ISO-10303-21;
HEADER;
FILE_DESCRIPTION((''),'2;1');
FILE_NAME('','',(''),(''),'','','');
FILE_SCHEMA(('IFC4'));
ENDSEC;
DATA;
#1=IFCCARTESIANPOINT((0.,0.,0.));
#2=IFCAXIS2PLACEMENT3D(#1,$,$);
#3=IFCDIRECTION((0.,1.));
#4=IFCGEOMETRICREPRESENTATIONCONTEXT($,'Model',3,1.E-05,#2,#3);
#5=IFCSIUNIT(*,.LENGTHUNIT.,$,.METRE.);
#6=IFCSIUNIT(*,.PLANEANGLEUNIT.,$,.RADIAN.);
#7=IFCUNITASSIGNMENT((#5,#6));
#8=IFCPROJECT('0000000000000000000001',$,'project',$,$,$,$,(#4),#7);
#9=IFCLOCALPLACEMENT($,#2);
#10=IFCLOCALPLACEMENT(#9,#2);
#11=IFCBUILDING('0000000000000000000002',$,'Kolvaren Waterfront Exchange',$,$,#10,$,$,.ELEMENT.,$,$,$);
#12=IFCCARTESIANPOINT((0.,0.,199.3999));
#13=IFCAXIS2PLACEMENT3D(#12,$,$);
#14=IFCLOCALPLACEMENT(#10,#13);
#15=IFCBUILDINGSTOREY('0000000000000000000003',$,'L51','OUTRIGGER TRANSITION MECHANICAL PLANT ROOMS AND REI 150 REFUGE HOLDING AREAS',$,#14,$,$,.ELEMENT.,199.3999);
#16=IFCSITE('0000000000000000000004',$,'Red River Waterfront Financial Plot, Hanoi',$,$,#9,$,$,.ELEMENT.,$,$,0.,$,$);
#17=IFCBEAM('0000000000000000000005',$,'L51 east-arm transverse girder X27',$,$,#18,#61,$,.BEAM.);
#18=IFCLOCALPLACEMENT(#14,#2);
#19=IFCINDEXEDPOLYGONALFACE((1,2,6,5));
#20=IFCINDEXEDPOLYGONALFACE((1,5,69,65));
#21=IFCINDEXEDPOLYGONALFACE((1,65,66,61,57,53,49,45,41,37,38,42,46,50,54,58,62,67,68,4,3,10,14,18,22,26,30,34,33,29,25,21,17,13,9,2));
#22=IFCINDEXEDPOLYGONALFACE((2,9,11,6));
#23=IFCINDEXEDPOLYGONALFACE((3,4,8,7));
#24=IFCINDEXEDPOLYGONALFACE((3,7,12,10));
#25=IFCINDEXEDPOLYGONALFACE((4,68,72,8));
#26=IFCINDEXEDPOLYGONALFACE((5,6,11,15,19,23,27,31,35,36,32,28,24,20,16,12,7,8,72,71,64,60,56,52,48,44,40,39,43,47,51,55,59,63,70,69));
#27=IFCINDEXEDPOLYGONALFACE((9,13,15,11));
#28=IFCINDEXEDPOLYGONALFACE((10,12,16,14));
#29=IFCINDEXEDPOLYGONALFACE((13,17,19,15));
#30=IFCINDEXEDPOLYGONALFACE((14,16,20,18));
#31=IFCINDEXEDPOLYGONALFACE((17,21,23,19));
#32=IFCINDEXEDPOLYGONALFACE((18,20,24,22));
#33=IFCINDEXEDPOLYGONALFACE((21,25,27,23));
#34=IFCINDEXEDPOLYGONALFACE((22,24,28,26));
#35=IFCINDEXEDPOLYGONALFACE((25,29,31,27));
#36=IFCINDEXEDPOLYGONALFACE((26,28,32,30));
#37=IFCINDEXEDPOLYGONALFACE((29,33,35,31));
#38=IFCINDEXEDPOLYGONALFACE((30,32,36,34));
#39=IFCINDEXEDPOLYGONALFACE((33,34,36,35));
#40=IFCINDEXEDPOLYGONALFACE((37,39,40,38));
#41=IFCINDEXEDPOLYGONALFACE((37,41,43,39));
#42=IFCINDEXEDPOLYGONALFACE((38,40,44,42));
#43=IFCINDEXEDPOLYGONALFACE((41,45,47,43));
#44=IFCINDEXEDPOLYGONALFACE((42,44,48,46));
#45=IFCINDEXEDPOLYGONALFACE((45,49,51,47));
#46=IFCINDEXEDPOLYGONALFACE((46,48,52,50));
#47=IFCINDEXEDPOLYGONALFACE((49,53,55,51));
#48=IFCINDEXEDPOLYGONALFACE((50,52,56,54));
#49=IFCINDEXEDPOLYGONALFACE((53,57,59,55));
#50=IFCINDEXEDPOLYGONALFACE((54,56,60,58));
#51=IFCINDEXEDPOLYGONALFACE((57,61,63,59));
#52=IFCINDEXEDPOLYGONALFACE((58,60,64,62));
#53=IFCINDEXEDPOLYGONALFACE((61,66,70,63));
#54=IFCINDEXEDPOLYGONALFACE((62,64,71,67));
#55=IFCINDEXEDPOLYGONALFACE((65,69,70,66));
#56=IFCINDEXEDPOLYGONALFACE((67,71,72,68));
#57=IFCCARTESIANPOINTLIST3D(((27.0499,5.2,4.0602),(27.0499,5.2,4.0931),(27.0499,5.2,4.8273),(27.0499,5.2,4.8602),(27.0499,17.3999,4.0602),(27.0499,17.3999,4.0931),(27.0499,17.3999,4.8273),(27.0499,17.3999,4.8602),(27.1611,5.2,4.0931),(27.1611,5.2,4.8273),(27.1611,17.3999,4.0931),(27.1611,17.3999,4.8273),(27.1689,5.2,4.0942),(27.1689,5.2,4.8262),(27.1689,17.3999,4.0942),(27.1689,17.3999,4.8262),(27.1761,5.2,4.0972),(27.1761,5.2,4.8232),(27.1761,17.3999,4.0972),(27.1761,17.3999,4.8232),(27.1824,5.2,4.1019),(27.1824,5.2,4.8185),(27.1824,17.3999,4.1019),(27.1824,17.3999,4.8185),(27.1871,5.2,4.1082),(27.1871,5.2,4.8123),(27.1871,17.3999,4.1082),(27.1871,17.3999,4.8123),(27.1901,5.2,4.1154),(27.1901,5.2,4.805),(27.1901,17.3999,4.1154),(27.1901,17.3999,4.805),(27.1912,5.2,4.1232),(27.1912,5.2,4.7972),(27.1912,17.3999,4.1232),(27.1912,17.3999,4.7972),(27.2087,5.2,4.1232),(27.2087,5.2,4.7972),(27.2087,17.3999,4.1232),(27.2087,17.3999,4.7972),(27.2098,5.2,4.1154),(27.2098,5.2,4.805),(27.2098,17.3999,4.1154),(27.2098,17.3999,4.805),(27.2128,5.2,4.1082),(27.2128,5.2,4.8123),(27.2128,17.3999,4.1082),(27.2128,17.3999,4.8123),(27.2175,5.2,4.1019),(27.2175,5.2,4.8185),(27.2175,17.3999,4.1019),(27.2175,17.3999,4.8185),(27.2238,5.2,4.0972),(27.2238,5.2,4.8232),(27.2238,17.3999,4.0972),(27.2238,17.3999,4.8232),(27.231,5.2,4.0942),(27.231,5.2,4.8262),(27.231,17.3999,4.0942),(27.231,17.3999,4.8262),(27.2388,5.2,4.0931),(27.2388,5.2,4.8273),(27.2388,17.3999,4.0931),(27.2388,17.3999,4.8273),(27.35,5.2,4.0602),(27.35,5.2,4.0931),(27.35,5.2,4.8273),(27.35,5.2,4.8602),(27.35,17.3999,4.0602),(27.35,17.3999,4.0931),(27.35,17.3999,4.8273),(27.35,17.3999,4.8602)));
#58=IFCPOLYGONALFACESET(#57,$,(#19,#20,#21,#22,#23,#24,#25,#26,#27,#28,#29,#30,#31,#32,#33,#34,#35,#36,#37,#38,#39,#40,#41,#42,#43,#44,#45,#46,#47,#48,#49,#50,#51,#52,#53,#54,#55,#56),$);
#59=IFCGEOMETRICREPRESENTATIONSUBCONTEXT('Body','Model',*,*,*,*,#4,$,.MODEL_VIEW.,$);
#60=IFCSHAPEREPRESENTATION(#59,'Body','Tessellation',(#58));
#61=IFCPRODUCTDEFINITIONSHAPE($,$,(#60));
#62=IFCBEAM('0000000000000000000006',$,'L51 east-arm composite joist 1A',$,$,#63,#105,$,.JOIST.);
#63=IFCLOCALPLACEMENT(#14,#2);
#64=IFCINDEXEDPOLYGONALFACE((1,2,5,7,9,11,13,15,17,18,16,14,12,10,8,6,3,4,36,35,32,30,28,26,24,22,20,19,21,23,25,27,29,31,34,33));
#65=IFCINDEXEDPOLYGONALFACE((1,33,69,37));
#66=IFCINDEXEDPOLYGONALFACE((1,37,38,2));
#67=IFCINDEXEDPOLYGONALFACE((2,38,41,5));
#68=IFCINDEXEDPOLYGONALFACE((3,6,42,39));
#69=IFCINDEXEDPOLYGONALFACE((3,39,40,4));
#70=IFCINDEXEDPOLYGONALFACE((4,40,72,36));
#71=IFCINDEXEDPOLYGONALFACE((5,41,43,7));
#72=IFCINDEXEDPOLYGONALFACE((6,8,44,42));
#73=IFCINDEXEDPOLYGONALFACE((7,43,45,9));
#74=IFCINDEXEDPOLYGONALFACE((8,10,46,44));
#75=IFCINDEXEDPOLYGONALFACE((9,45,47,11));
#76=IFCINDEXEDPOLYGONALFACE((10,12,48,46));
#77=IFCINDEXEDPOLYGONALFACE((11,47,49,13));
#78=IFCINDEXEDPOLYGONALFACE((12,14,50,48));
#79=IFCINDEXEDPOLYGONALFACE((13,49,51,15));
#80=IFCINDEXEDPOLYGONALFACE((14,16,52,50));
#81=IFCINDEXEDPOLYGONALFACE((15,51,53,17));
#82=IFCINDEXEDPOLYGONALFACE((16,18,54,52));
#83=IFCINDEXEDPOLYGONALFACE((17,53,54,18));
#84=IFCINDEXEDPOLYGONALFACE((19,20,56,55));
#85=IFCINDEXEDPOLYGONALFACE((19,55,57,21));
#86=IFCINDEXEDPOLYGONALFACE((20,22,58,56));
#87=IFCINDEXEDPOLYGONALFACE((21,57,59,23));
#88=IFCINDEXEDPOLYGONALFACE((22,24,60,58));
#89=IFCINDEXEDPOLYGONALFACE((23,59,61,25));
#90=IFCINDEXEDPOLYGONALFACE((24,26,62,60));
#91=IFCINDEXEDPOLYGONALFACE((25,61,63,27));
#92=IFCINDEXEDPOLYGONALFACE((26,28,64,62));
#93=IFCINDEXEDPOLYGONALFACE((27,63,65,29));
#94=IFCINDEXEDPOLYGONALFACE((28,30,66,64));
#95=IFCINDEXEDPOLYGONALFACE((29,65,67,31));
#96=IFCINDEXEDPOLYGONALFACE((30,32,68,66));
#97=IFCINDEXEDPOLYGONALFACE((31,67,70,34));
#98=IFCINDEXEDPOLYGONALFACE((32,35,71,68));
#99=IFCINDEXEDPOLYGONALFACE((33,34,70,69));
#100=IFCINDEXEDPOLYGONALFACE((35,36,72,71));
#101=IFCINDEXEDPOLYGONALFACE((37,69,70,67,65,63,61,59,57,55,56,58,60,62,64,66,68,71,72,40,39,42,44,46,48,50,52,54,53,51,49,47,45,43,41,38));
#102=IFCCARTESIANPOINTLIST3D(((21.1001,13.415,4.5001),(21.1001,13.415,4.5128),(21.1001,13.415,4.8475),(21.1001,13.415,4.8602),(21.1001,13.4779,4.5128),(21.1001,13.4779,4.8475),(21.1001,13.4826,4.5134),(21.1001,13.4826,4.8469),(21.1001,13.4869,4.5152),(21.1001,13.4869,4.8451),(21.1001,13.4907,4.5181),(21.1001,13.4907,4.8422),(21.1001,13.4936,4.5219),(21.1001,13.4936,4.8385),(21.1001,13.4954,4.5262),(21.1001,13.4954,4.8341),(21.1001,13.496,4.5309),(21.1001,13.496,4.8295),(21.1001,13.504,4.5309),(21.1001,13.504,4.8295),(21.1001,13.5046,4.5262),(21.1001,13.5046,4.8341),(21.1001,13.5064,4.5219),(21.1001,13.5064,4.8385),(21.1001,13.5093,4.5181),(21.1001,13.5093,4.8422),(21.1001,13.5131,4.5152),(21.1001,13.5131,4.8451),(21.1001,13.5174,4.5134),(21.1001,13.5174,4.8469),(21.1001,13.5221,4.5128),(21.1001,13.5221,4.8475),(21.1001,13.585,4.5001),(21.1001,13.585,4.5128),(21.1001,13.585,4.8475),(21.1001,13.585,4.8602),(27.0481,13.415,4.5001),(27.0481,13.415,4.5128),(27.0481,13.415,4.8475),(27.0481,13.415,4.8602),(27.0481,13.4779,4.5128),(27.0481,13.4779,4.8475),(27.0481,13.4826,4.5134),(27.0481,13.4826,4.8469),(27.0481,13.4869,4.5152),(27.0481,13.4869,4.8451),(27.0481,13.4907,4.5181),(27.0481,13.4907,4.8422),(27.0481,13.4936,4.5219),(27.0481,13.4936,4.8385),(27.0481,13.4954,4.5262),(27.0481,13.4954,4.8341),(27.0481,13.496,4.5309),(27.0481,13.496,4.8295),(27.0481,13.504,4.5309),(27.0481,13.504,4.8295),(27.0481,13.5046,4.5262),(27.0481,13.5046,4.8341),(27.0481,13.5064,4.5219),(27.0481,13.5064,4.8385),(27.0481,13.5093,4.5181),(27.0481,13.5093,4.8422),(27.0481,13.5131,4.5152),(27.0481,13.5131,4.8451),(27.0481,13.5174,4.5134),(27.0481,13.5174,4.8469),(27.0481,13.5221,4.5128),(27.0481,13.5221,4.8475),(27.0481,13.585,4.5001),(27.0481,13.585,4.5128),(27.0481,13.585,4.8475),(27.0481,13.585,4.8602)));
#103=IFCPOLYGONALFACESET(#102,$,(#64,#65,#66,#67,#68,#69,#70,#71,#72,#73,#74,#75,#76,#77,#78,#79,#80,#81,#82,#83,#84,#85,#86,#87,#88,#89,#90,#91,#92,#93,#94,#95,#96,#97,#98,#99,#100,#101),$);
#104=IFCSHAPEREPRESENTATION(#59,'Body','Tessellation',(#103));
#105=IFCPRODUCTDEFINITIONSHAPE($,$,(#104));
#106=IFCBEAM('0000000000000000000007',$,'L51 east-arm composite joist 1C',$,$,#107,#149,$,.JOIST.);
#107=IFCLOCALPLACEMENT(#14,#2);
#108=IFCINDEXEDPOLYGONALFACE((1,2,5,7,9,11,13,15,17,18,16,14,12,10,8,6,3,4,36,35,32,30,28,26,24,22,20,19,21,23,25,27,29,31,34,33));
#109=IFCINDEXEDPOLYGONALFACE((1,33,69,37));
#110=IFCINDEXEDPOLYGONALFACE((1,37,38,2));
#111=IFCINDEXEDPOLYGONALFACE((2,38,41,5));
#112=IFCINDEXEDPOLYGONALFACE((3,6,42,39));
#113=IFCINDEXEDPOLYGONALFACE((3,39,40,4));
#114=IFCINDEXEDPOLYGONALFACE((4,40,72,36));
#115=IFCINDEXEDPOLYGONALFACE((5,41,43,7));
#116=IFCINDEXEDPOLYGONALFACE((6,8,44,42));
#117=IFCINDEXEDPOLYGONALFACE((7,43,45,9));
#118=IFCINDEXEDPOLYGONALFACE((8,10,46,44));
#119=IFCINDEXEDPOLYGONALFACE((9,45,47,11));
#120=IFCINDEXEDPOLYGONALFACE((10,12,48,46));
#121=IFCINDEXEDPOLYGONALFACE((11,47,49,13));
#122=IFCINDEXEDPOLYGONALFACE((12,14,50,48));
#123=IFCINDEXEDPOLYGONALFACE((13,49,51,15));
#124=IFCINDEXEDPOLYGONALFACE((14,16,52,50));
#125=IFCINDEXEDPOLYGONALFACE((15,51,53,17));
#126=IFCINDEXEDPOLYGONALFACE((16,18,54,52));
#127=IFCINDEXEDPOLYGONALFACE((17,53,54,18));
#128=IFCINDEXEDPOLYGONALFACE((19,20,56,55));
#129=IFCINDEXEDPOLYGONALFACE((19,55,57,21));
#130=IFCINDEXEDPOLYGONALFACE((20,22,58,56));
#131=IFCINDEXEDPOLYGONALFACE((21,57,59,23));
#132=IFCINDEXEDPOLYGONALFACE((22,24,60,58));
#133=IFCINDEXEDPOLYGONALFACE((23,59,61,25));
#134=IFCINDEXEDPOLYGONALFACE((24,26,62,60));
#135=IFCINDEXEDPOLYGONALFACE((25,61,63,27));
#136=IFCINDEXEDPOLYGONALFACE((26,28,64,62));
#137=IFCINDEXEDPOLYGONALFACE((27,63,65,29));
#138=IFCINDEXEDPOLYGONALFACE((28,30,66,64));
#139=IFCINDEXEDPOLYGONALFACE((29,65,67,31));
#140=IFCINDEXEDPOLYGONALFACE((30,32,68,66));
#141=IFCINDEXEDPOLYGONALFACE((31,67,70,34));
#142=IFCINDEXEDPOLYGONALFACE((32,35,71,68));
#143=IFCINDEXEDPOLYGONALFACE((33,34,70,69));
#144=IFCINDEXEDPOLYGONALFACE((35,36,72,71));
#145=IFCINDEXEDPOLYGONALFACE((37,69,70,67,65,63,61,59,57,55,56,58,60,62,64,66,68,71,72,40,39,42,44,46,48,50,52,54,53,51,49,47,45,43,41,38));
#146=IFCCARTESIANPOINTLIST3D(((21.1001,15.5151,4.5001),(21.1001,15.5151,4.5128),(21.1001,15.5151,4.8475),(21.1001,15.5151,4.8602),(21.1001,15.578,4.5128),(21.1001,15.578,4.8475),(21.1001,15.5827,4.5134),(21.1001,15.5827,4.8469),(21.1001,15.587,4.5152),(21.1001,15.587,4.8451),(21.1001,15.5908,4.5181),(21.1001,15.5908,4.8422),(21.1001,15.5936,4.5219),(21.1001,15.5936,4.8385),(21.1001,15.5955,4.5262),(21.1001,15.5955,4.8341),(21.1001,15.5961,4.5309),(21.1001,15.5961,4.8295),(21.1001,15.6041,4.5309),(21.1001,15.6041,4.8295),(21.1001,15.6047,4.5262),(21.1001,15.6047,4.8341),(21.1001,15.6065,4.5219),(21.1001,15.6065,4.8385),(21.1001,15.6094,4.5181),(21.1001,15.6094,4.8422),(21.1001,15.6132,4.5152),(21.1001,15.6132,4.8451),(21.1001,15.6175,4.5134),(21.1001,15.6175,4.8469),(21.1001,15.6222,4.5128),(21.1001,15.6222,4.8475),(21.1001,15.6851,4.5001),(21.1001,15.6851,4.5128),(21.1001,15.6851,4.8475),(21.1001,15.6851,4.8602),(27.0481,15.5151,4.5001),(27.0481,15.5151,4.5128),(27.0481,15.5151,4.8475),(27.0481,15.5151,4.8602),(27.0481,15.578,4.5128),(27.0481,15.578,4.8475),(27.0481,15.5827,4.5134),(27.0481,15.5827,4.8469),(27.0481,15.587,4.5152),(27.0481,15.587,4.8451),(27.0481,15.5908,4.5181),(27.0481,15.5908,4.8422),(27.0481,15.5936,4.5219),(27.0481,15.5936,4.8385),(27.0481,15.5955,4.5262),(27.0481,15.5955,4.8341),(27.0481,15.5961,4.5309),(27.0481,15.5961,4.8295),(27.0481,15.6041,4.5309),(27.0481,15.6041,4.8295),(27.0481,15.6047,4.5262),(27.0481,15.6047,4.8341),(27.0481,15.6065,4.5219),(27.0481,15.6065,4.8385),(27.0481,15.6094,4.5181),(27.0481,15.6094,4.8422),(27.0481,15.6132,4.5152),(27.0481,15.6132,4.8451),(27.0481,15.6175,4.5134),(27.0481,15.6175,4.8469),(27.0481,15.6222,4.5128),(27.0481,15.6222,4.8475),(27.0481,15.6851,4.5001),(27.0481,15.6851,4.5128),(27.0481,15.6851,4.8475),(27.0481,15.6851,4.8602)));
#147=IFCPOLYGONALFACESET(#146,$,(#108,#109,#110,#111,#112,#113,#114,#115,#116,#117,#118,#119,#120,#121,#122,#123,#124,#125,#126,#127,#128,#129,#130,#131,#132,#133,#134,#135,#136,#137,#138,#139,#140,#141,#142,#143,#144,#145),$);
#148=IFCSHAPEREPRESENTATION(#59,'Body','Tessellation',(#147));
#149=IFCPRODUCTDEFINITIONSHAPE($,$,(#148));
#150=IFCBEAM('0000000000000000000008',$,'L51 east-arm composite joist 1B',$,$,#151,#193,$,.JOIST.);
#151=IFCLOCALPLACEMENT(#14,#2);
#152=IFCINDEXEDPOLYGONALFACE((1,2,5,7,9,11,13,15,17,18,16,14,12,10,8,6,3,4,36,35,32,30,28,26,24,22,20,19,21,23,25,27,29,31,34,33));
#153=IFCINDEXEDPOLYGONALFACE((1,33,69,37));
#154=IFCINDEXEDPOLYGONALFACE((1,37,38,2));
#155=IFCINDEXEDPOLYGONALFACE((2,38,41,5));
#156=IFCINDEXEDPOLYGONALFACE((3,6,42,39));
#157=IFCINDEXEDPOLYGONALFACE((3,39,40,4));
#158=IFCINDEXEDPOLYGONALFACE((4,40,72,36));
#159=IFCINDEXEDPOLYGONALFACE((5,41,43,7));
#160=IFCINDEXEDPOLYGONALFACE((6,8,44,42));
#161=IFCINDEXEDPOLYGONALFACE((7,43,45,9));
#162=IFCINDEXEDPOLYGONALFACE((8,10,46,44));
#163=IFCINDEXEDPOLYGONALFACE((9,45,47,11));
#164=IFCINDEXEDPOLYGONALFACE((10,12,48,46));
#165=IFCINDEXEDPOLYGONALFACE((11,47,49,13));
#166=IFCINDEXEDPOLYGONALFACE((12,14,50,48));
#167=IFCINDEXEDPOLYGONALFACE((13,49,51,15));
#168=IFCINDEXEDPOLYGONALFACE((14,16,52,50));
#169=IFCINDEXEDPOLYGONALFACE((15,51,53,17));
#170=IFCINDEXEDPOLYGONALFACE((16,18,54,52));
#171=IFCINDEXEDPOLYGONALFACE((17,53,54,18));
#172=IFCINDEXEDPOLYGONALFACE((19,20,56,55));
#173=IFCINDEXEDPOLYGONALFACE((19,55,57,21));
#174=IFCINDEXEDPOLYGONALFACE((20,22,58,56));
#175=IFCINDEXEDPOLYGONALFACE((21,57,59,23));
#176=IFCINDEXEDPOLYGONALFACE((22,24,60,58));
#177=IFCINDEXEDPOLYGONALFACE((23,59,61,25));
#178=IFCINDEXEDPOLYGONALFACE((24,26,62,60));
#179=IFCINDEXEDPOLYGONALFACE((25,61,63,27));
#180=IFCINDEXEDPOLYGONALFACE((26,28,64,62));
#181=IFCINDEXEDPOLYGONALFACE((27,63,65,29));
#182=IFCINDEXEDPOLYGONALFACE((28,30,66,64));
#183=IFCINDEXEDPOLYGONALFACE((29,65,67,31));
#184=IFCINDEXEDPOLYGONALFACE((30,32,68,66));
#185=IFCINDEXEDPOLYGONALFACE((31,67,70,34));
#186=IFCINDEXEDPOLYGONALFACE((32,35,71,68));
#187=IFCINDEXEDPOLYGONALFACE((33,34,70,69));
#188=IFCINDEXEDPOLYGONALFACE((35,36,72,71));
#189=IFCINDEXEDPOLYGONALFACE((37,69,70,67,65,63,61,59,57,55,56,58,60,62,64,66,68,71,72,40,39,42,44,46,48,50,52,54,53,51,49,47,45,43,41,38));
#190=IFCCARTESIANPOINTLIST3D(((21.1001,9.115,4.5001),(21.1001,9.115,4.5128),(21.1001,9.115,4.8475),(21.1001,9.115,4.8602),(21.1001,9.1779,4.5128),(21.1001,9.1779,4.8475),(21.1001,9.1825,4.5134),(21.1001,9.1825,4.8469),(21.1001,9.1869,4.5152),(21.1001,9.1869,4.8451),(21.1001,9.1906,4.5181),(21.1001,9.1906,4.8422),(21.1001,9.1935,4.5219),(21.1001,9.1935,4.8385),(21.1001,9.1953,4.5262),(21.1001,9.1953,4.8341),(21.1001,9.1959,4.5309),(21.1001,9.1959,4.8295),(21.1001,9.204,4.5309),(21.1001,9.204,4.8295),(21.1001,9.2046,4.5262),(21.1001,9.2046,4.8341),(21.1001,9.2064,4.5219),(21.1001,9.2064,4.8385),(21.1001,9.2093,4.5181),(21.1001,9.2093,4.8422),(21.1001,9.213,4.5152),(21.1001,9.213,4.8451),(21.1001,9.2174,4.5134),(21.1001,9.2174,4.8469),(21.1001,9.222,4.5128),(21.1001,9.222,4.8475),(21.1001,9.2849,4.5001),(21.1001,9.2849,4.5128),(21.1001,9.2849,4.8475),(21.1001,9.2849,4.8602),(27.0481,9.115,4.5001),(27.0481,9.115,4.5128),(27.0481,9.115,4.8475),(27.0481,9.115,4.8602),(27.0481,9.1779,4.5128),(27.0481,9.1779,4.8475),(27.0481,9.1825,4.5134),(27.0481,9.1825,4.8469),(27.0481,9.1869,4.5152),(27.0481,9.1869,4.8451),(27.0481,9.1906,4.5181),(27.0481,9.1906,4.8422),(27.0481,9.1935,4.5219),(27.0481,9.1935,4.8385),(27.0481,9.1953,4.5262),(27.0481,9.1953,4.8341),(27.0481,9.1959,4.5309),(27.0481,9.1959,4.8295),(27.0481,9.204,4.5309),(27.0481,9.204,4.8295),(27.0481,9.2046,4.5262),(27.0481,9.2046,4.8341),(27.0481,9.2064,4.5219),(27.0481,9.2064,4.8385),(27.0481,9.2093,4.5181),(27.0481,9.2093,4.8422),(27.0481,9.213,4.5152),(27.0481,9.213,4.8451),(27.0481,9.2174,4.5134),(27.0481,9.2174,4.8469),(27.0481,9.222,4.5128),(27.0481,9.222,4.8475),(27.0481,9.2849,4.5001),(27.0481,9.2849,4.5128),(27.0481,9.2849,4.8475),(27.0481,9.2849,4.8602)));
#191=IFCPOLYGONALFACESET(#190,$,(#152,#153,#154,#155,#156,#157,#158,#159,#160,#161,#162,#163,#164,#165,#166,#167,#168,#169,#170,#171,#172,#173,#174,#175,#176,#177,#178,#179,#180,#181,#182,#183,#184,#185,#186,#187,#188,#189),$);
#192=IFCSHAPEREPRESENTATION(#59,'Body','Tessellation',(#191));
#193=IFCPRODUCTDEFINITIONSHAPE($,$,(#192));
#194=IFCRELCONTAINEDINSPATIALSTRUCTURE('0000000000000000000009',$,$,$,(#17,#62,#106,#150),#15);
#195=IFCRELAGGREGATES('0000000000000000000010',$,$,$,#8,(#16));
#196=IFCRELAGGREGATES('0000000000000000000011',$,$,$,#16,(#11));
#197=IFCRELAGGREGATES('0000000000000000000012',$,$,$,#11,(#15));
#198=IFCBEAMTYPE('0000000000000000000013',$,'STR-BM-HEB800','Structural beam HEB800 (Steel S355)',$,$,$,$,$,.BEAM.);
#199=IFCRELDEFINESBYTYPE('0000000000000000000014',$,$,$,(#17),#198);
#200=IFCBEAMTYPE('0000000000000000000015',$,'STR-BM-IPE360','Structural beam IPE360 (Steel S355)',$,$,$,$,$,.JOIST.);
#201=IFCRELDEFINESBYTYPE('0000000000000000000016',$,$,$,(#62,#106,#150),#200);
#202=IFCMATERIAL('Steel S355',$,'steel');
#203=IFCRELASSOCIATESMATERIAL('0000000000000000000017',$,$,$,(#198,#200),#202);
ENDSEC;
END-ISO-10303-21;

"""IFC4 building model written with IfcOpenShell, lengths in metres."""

from ifc_helpers import new_model, si_unit, direction, frame, origin, origin_2d, place, context, subcontext, project, spatial, i_section, extrude, material, material_profile, profile_set, type_object, element, save


model = new_model("IFC4")

# Units and contexts
model_context = context("Model", 3, precision=1e-05, world=origin(), true_north=direction((0.0, 1.0)))
body_context = subcontext(model_context, "Body", "Model", "MODEL_VIEW")
ifc_project = project(units=[si_unit("LENGTHUNIT", "METRE"), si_unit("PLANEANGLEUNIT", "RADIAN")], contexts=[model_context])

# Site, building, storey
site_placement = place(None, origin())
site = spatial("IfcSite", under=ifc_project, at=site_placement, Name="Red River Waterfront Financial Plot, Hanoi", CompositionType="ELEMENT", RefElevation=0.0)
building_placement = place(site_placement, origin())
building = spatial("IfcBuilding", under=site, at=building_placement, Name="Kolvaren Waterfront Exchange", CompositionType="ELEMENT")
storey_placement = place(building_placement, frame((0.0, 0.0, 199.3999)))
storey = spatial("IfcBuildingStorey", under=building, at=storey_placement, Name="L51", Description="OUTRIGGER TRANSITION MECHANICAL PLANT ROOMS AND REI 150 REFUGE HOLDING AREAS", CompositionType="ELEMENT", Elevation=199.3999)

# Beams
ifc_material_1 = material(Name="Steel S355", Category="steel")
ifc_material_profile_1 = material_profile(ifc_material_1, i_section(OverallWidth=0.3, OverallDepth=0.8, WebThickness=0.0176, FlangeThickness=0.033, FilletRadius=0.03, at=origin_2d()), Name="HEB800")
ifc_profile_set_1 = profile_set([ifc_material_profile_1], Name="Steel S355")
beam_type_1 = type_object("IfcBeamType", Name="STR-BM-HEB800", Description="Structural beam HEB800 (Steel S355)", PredefinedType="BEAM", material=ifc_profile_set_1)
beam_1_placement = place(storey_placement, frame((27.2, 5.2, 4.4602), z_axis=(0.0, 1.0, 0.0), x_axis=(-1.0, 0.0, 0.0)))
element("IfcBeam", 1, at=beam_1_placement, inside=storey, type_object=beam_type_1, Name="L51 east-arm transverse girder X27", PredefinedType="BEAM", context=body_context, shape_type="SweptSolid", body=[
    extrude(i_section(OverallWidth=0.3, OverallDepth=0.8, WebThickness=0.0176, FlangeThickness=0.033, FilletRadius=0.03, at=origin_2d()), origin(), (0.0, 0.0, 1.0), 12.2),
])
ifc_material_profile_2 = material_profile(ifc_material_1, i_section(OverallWidth=0.1699, OverallDepth=0.3601, WebThickness=0.0081, FlangeThickness=0.0127, FilletRadius=0.0181, at=origin_2d()), Name="IPE360")
ifc_profile_set_2 = profile_set([ifc_material_profile_2], Name="Steel S355")
beam_type_2 = type_object("IfcBeamType", Name="STR-BM-IPE360", Description="Structural beam IPE360 (Steel S355)", PredefinedType="JOIST", material=ifc_profile_set_2)
for number, where, z_axis, x_axis, name in (
    (2, (21.1001, 13.5, 4.6802), (1.0, 0.0, 0.0), (0.0, 1.0, 0.0), "L51 east-arm composite joist 1A"),
    (3, (21.1001, 15.6001, 4.6802), (1.0, 0.0, 0.0), (0.0, 1.0, 0.0), "L51 east-arm composite joist 1C"),
    (4, (21.1001, 9.2, 4.6802), (1.0, 0.0, 0.0), (0.0, 1.0, 0.0), "L51 east-arm composite joist 1B"),
):
    element("IfcBeam", number, at=place(storey_placement, frame(where, z_axis=z_axis, x_axis=x_axis)), inside=storey, type_object=beam_type_2, Name=name, PredefinedType="JOIST", context=body_context, shape_type="SweptSolid", body=[
        extrude(i_section(OverallWidth=0.1699, OverallDepth=0.3601, WebThickness=0.0081, FlangeThickness=0.0127, FilletRadius=0.0181, at=origin_2d()), origin(), (0.0, 0.0, 1.0), 5.948),
    ])

save(model, "model.ifc")
